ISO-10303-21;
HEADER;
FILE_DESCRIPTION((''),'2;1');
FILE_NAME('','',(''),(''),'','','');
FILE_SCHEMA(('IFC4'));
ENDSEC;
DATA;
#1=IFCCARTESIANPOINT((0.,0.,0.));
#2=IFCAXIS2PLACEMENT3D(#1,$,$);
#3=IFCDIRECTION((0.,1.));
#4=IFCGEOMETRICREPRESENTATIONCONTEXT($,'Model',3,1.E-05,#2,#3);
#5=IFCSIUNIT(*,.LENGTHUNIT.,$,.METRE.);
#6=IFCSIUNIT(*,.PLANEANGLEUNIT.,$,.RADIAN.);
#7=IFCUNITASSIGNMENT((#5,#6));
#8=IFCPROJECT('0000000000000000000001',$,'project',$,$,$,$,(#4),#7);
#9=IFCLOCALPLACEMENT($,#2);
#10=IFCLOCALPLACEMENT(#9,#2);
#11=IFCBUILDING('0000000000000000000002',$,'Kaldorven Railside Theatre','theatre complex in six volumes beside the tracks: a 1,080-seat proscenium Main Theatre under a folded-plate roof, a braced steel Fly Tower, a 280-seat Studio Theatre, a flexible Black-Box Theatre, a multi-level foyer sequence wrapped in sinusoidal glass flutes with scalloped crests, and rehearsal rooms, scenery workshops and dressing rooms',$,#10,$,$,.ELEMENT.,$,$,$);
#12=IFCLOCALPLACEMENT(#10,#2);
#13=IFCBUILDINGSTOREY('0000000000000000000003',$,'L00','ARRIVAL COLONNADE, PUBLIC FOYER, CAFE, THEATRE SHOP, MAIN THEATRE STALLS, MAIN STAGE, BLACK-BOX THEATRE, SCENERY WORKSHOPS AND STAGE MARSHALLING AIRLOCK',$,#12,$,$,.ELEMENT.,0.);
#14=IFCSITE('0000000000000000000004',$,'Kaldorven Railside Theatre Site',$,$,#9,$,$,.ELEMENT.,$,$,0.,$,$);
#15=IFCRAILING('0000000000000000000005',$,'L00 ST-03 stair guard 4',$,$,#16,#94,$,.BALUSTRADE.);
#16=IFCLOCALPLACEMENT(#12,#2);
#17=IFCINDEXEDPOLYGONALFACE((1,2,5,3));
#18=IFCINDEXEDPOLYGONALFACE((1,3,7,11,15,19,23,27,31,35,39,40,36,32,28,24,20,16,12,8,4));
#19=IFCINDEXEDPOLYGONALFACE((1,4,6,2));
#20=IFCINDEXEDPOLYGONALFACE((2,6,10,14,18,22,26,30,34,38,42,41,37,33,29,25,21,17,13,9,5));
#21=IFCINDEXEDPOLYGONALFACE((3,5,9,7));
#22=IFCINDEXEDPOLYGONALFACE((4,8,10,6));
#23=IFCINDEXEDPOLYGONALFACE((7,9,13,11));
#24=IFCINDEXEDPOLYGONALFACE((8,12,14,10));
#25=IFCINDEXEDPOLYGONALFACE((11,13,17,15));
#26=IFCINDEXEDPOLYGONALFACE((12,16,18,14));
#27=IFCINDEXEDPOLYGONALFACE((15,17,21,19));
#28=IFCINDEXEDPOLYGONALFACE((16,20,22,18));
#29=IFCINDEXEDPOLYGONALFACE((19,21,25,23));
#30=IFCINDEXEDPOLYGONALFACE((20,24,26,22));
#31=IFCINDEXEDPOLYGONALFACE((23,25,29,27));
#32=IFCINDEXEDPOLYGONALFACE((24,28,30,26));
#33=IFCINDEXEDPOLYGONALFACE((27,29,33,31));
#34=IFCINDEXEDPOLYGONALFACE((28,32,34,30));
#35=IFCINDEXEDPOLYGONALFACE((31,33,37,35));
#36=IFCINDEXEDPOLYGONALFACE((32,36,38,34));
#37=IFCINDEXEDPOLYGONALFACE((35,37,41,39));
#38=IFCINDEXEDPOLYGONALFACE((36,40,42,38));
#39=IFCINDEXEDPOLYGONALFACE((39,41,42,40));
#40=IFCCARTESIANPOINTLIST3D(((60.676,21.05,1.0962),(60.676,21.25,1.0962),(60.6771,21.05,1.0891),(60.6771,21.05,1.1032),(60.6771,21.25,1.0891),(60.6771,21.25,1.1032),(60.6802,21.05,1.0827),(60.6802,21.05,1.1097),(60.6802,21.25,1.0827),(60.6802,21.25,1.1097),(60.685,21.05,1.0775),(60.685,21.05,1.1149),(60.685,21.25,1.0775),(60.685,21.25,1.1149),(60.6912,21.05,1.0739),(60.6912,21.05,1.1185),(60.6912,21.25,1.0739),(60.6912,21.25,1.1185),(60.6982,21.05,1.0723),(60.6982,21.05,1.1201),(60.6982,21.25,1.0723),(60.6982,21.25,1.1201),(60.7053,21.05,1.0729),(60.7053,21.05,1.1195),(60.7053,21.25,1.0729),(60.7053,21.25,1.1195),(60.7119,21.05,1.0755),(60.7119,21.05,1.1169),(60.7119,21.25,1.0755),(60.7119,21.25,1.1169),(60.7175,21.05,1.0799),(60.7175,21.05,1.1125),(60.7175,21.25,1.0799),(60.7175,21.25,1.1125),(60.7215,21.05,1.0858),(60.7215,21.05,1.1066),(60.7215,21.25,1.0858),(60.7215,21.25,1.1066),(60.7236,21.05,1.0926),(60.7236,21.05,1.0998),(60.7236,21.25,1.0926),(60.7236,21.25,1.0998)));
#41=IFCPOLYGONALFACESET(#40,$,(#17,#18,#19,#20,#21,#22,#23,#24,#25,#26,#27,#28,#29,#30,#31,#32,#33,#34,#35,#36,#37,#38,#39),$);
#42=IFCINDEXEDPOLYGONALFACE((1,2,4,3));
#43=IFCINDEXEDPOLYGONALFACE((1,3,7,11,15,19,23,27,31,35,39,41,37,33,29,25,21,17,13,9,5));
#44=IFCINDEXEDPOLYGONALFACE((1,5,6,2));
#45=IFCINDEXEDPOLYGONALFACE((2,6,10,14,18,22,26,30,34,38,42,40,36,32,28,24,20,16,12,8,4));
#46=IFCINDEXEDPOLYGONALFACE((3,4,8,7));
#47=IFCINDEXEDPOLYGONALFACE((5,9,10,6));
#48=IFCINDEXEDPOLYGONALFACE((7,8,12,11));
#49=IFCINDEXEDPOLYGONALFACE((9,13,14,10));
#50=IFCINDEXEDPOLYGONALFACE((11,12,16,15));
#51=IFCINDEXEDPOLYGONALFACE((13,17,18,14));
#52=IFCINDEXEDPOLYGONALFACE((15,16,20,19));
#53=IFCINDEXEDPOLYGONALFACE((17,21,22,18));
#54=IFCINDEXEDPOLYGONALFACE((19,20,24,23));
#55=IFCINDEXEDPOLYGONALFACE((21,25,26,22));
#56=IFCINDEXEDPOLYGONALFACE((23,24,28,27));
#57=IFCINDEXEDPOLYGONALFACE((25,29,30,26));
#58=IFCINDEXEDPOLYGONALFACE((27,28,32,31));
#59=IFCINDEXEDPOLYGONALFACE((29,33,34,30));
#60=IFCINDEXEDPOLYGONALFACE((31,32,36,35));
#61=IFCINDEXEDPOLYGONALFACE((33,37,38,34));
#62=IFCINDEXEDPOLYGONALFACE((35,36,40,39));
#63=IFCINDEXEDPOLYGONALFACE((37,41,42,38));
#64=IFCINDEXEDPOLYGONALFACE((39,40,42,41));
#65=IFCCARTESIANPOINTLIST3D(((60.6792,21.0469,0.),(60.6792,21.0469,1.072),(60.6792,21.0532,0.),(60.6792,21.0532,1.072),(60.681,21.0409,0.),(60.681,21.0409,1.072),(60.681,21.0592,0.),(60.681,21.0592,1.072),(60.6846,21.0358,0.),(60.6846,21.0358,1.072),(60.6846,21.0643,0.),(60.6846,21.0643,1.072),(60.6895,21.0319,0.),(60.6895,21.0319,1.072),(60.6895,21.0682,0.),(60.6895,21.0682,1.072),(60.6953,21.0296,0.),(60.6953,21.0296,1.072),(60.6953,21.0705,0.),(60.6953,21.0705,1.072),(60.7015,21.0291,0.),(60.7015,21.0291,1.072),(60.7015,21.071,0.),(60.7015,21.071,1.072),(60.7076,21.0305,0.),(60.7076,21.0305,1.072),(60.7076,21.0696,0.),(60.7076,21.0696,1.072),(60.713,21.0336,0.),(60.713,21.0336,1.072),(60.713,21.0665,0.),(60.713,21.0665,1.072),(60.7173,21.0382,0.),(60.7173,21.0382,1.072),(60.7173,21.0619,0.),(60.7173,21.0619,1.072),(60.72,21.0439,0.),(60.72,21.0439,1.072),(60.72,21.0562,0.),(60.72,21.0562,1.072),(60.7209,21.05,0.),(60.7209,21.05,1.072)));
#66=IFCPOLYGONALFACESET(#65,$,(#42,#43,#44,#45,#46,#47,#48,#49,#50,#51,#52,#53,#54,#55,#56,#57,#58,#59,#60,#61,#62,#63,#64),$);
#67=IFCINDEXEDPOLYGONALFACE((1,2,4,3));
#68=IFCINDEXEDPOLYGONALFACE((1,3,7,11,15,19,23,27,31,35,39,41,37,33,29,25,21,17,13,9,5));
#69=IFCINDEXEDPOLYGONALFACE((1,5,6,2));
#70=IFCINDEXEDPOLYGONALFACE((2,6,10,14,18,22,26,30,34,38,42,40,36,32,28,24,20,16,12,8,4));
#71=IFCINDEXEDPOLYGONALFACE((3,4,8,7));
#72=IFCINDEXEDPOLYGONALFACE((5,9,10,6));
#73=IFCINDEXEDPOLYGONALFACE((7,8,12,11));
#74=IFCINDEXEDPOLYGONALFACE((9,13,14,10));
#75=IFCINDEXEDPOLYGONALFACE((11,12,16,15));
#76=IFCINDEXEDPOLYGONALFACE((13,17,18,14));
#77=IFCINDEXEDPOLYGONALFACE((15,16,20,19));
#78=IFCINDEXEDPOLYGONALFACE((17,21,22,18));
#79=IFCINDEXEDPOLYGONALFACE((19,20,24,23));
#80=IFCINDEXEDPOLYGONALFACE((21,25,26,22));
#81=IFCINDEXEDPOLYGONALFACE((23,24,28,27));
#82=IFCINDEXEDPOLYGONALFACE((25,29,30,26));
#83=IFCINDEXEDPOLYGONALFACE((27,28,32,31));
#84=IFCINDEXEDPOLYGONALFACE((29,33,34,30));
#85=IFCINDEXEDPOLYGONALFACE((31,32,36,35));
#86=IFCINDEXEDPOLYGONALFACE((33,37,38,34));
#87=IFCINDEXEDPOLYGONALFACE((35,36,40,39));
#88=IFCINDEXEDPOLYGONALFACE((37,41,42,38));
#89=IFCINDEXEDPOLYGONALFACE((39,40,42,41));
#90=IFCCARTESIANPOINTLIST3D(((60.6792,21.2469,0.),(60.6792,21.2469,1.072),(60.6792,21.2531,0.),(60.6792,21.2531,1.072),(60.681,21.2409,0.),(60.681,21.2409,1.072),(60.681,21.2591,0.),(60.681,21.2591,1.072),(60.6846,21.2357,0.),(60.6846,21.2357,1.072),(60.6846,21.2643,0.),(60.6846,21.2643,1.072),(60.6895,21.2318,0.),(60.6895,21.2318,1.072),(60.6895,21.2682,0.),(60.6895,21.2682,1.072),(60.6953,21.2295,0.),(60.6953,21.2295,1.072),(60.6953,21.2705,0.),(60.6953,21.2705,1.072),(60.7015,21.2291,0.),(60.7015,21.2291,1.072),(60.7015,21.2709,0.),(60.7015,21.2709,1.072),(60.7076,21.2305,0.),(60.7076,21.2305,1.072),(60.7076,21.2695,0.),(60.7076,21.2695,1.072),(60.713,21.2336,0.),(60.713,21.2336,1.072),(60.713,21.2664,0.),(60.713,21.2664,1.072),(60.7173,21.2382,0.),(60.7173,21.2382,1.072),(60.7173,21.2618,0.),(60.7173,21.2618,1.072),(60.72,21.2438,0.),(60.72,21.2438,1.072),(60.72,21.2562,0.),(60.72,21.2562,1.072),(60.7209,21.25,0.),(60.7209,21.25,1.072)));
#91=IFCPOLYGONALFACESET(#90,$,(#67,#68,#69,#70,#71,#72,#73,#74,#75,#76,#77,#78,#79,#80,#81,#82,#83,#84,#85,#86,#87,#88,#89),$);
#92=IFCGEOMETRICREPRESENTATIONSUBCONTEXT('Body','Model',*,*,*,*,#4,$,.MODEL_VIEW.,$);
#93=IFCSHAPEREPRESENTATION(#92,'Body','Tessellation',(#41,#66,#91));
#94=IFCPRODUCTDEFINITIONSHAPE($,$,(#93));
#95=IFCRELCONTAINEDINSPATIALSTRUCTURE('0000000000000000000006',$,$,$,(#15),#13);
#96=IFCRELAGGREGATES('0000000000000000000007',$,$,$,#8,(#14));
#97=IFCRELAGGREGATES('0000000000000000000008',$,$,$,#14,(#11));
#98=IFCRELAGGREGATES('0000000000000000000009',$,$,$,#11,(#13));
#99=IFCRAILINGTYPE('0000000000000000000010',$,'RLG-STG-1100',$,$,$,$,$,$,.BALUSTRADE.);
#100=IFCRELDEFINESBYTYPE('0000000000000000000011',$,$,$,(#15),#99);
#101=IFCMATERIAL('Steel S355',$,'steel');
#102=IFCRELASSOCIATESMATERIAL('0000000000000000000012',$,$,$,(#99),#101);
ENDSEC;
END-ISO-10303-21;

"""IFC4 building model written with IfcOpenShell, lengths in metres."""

from ifc_helpers import new_model, si_unit, direction, frame, origin, origin_2d, place, context, subcontext, project, spatial, circle, extrude, material, type_object, element, save


model = new_model("IFC4")

# Units and contexts
model_context = context("Model", 3, precision=1e-05, world=origin(), true_north=direction((0.0, 1.0)))
body_context = subcontext(model_context, "Body", "Model", "MODEL_VIEW")
ifc_project = project(units=[si_unit("LENGTHUNIT", "METRE"), si_unit("PLANEANGLEUNIT", "RADIAN")], contexts=[model_context])

# Site, building, storey
site_placement = place(None, origin())
site = spatial("IfcSite", under=ifc_project, at=site_placement, Name="Kaldorven Railside Theatre Site", CompositionType="ELEMENT", RefElevation=0.0)
building_placement = place(site_placement, origin())
building = spatial("IfcBuilding", under=site, at=building_placement, Name="Kaldorven Railside Theatre", Description="theatre complex in six volumes beside the tracks: a 1,080-seat proscenium Main Theatre under a folded-plate roof, a braced steel Fly Tower, a 280-seat Studio Theatre, a flexible Black-Box Theatre, a multi-level foyer sequence wrapped in sinusoidal glass flutes with scalloped crests, and rehearsal rooms, scenery workshops and dressing rooms", CompositionType="ELEMENT")
storey_placement = place(building_placement, origin())
storey = spatial("IfcBuildingStorey", under=building, at=storey_placement, Name="L00", Description="ARRIVAL COLONNADE, PUBLIC FOYER, CAFE, THEATRE SHOP, MAIN THEATRE STALLS, MAIN STAGE, BLACK-BOX THEATRE, SCENERY WORKSHOPS AND STAGE MARSHALLING AIRLOCK", CompositionType="ELEMENT", Elevation=0.0)

# Shared definitions
ifc_material_1 = material(Name="Steel S355", Category="steel")

# Railing
railing_type_1 = type_object("IfcRailingType", Name="RLG-STG-1100", PredefinedType="BALUSTRADE", material=ifc_material_1)
railing_1_placement = place(storey_placement, frame((60.7, 21.05, 0.0)))
element("IfcRailing", 1, at=railing_1_placement, inside=storey, type_object=railing_type_1, Name="L00 ST-03 stair guard 4", PredefinedType="BALUSTRADE", context=body_context, shape_type="SweptSolid", body=[
    extrude(circle(Radius=0.0239, at=origin_2d()), frame((0.0, 0.0, 1.0962), z_axis=(0.0, 1.0, 0.0), x_axis=(-1.0, 0.0, 0.0)), (0.0, 0.0, 1.0), 0.2),
    extrude(circle(Radius=0.021, at=origin_2d()), origin(), (0.0, 0.0, 1.0), 1.072),
    extrude(circle(Radius=0.021, at=origin_2d()), frame((0.0, 0.2, 0.0)), (0.0, 0.0, 1.0), 1.072),
])

save(model, "model.ifc")
